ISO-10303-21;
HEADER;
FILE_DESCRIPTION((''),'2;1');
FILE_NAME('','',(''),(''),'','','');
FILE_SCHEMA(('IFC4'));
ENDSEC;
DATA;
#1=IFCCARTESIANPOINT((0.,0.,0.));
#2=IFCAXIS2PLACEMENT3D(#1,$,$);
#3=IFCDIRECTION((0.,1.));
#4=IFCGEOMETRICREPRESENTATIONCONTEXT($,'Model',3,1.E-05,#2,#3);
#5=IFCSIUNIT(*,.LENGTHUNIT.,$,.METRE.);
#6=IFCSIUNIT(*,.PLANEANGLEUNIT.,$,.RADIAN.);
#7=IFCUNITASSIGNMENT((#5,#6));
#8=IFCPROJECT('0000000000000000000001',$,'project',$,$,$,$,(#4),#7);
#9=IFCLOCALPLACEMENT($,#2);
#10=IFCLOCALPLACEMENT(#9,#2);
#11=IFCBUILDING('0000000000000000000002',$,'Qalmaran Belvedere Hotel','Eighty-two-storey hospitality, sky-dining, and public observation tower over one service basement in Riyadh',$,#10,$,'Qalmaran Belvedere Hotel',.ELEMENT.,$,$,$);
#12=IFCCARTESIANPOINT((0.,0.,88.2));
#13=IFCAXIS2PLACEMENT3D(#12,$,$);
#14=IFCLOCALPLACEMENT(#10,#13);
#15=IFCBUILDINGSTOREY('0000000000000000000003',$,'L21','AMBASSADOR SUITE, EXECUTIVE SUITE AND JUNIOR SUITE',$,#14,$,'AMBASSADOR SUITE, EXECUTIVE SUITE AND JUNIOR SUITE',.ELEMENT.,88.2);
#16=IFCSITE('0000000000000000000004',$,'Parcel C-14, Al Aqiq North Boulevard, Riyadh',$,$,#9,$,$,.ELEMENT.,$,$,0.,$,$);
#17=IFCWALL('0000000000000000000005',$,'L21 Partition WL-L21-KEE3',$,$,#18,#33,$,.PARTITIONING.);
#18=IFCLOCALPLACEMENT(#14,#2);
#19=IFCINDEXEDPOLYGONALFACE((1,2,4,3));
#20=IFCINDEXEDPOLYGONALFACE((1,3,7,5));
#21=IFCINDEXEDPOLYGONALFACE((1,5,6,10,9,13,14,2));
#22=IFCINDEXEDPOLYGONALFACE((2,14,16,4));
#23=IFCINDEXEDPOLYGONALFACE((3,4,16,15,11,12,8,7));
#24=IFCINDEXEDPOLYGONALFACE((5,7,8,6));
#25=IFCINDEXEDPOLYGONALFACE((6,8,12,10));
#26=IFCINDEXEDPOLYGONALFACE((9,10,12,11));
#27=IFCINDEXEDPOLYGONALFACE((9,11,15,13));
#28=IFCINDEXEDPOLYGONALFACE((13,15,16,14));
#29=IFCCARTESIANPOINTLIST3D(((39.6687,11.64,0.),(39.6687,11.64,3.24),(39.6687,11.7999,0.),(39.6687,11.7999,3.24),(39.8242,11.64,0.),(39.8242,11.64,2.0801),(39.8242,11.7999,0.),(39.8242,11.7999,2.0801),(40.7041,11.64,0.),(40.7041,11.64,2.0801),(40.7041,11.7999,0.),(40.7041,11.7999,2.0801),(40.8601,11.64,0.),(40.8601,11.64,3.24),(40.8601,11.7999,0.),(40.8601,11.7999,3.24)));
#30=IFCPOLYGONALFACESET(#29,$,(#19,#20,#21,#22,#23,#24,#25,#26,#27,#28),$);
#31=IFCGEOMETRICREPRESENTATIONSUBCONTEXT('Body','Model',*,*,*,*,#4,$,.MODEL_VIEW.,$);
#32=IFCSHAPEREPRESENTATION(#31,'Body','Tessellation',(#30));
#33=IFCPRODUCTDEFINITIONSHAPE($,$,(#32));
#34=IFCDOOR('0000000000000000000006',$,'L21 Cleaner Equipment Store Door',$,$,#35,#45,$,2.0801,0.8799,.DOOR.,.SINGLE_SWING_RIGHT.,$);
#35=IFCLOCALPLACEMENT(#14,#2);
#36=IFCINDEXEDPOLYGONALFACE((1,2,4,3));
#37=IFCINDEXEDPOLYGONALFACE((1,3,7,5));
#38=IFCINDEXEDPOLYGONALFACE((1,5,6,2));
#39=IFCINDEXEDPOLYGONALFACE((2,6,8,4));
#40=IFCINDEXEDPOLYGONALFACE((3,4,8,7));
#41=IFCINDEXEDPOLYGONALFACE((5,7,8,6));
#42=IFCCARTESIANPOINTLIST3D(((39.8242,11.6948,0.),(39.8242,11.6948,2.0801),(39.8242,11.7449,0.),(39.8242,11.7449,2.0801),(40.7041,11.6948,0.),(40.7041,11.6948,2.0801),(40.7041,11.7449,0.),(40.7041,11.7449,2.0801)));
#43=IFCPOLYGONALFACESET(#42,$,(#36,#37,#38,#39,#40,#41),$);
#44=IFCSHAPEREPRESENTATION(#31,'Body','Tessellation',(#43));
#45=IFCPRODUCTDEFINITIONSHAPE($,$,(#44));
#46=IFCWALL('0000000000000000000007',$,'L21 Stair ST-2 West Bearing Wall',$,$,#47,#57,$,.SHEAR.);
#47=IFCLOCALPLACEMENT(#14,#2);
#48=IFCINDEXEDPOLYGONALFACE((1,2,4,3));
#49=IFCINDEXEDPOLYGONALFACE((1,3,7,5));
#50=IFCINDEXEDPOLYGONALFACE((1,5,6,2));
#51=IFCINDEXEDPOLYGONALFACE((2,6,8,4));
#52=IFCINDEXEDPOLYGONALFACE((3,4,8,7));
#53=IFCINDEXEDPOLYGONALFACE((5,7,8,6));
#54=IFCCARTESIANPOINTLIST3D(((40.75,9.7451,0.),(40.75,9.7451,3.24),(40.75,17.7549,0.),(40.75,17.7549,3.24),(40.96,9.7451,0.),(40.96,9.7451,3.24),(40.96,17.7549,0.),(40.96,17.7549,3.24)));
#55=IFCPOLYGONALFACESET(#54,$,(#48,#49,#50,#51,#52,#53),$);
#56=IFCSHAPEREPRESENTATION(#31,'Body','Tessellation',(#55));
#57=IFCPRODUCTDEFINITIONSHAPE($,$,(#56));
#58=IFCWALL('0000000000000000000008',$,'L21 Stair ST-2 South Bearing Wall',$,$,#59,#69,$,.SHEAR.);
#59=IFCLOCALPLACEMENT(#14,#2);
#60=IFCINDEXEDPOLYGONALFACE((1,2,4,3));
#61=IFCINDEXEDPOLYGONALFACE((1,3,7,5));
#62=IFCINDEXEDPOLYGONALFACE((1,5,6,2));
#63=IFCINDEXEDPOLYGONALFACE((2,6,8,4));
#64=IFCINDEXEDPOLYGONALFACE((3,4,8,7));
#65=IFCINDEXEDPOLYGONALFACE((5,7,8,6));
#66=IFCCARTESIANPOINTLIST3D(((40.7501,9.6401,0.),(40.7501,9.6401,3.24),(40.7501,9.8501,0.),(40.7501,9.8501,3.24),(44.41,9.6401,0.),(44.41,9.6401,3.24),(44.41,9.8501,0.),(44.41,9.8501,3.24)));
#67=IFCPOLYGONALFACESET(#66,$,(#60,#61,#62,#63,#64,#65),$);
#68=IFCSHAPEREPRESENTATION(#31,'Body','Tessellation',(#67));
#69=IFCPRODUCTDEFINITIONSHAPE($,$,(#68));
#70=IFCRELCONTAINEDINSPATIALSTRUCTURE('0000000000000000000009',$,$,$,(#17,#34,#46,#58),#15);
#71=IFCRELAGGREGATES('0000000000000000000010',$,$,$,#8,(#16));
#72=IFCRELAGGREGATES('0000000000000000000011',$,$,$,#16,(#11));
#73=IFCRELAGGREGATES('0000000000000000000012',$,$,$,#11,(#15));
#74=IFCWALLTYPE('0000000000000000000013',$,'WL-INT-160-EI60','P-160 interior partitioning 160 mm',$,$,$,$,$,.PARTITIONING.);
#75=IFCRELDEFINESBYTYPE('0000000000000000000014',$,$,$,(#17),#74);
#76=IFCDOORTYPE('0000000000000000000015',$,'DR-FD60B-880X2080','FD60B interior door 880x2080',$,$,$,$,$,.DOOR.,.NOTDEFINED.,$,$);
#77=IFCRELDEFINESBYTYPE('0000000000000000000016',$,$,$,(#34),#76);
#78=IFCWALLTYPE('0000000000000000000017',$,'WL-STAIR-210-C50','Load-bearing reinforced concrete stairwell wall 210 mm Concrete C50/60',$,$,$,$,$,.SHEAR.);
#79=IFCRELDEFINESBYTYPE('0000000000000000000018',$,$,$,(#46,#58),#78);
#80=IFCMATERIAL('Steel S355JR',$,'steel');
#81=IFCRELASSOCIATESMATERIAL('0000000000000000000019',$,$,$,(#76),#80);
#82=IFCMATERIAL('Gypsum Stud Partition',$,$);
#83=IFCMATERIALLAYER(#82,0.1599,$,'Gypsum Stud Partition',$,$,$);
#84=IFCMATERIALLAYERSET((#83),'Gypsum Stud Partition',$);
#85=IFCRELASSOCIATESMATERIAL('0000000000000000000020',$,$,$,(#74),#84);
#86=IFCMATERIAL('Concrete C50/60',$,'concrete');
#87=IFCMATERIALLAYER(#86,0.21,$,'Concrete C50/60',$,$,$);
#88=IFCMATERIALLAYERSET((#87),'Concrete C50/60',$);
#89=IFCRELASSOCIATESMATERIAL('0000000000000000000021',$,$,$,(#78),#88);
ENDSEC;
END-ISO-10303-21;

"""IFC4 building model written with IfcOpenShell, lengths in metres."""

from ifc_helpers import new_model, si_unit, direction, frame, frame_2d, origin, place, context, subcontext, project, spatial, rectangle, extrude, material, layer, layer_set, type_object, element, fill, save


model = new_model("IFC4")

# Units and contexts
model_context = context("Model", 3, precision=1e-05, world=origin(), true_north=direction((0.0, 1.0)))
body_context = subcontext(model_context, "Body", "Model", "MODEL_VIEW")
ifc_project = project(units=[si_unit("LENGTHUNIT", "METRE"), si_unit("PLANEANGLEUNIT", "RADIAN")], contexts=[model_context])

# Site, building, storey
site_placement = place(None, origin())
site = spatial("IfcSite", under=ifc_project, at=site_placement, Name="Parcel C-14, Al Aqiq North Boulevard, Riyadh", CompositionType="ELEMENT", RefElevation=0.0)
building_placement = place(site_placement, origin())
building = spatial("IfcBuilding", under=site, at=building_placement, Name="Qalmaran Belvedere Hotel", Description="Eighty-two-storey hospitality, sky-dining, and public observation tower over one service basement in Riyadh", LongName="Qalmaran Belvedere Hotel", CompositionType="ELEMENT")
storey_placement = place(building_placement, frame((0.0, 0.0, 88.2)))
storey = spatial("IfcBuildingStorey", under=building, at=storey_placement, Name="L21", Description="AMBASSADOR SUITE, EXECUTIVE SUITE AND JUNIOR SUITE", LongName="AMBASSADOR SUITE, EXECUTIVE SUITE AND JUNIOR SUITE", CompositionType="ELEMENT", Elevation=88.2)

# Shared definitions
ifc_material_1 = material(Name="Steel S355JR", Category="steel")

# Shared definitions
ifc_material_2 = material(Name="Gypsum Stud Partition")

# Shared definitions
door_type_1 = type_object("IfcDoorType", Name="DR-FD60B-880X2080", Description="FD60B interior door 880x2080", OperationType="NOTDEFINED", PredefinedType="DOOR", material=ifc_material_1)

# Wall, opening, door
ifc_layer_1 = layer(ifc_material_2, 0.1599, Name="Gypsum Stud Partition")
ifc_layer_set_1 = layer_set([ifc_layer_1], Name="Gypsum Stud Partition")
wall_type_1 = type_object("IfcWallType", Name="WL-INT-160-EI60", Description="P-160 interior partitioning 160 mm", PredefinedType="PARTITIONING", material=ifc_layer_set_1)
wall_1_placement = place(storey_placement, frame((39.6687, 11.72, 0.0), z_axis=(0.0, 0.0, 1.0), x_axis=(1.0, 0.0, 0.0)))
wall_1 = element("IfcWall", 1, at=wall_1_placement, inside=storey, type_object=wall_type_1, Name="L21 Partition WL-L21-KEE3", PredefinedType="PARTITIONING", context=body_context, shape_type="SweptSolid", body=[
    extrude(rectangle(XDim=1.1914, YDim=0.1599, at=frame_2d((0.5957, 0.0))), origin(), (0.0, 0.0, 1.0), 3.24),
])
opening_1_placement = place(wall_1_placement, frame((0.1555, 0.0, 0.0)))
opening_1 = element("IfcOpeningElement", 2, at=opening_1_placement, cuts=wall_1, PredefinedType="OPENING", context=body_context, shape_type="SweptSolid", body=[
    extrude(rectangle(XDim=0.8799, YDim=2.0801, at=frame_2d((0.4399, 1.04))), frame((0.0, 0.0898, 0.0), z_axis=(0.0, -1.0, 0.0), x_axis=(1.0, 0.0, 0.0)), (0.0, 0.0, 1.0), 0.1799),
])
door_1_placement = place(opening_1_placement, origin())
door_1 = element("IfcDoor", 3, at=door_1_placement, inside=storey, type_object=door_type_1, Name="L21 Cleaner Equipment Store Door", OperationType="SINGLE_SWING_RIGHT", OverallHeight=2.0801, OverallWidth=0.8799, PredefinedType="DOOR", context=body_context, shape_type="SweptSolid", body=[
    extrude(rectangle(XDim=0.8799, YDim=2.0801, at=frame_2d((0.4399, 1.04))), frame((0.0, 0.0249, 0.0), z_axis=(0.0, -1.0, 0.0), x_axis=(1.0, 0.0, 0.0)), (0.0, 0.0, 1.0), 0.05),
])
fill(opening_1, door_1)

# Walls
ifc_material_3 = material(Name="Concrete C50/60", Category="concrete")
ifc_layer_2 = layer(ifc_material_3, 0.21, Name="Concrete C50/60")
ifc_layer_set_2 = layer_set([ifc_layer_2], Name="Concrete C50/60")
wall_type_2 = type_object("IfcWallType", Name="WL-STAIR-210-C50", Description="Load-bearing reinforced concrete stairwell wall 210 mm Concrete C50/60", PredefinedType="SHEAR", material=ifc_layer_set_2)
wall_2_placement = place(storey_placement, frame((40.855, 9.7451, 0.0), z_axis=(0.0, 0.0, 1.0), x_axis=(0.0, 1.0, 0.0)))
element("IfcWall", 4, at=wall_2_placement, inside=storey, type_object=wall_type_2, Name="L21 Stair ST-2 West Bearing Wall", PredefinedType="SHEAR", context=body_context, shape_type="SweptSolid", body=[
    extrude(rectangle(XDim=8.0098, YDim=0.21, at=frame_2d((4.0049, 0.0))), origin(), (0.0, 0.0, 1.0), 3.24),
])
wall_3_placement = place(storey_placement, frame((40.75, 9.7451, 0.0), z_axis=(0.0, 0.0, 1.0), x_axis=(1.0, 0.0, 0.0)))
element("IfcWall", 5, at=wall_3_placement, inside=storey, type_object=wall_type_2, Name="L21 Stair ST-2 South Bearing Wall", PredefinedType="SHEAR", context=body_context, shape_type="SweptSolid", body=[
    extrude(rectangle(XDim=3.6599, YDim=0.21, at=frame_2d((1.8301, 0.0))), origin(), (0.0, 0.0, 1.0), 3.24),
])

save(model, "model.ifc")
